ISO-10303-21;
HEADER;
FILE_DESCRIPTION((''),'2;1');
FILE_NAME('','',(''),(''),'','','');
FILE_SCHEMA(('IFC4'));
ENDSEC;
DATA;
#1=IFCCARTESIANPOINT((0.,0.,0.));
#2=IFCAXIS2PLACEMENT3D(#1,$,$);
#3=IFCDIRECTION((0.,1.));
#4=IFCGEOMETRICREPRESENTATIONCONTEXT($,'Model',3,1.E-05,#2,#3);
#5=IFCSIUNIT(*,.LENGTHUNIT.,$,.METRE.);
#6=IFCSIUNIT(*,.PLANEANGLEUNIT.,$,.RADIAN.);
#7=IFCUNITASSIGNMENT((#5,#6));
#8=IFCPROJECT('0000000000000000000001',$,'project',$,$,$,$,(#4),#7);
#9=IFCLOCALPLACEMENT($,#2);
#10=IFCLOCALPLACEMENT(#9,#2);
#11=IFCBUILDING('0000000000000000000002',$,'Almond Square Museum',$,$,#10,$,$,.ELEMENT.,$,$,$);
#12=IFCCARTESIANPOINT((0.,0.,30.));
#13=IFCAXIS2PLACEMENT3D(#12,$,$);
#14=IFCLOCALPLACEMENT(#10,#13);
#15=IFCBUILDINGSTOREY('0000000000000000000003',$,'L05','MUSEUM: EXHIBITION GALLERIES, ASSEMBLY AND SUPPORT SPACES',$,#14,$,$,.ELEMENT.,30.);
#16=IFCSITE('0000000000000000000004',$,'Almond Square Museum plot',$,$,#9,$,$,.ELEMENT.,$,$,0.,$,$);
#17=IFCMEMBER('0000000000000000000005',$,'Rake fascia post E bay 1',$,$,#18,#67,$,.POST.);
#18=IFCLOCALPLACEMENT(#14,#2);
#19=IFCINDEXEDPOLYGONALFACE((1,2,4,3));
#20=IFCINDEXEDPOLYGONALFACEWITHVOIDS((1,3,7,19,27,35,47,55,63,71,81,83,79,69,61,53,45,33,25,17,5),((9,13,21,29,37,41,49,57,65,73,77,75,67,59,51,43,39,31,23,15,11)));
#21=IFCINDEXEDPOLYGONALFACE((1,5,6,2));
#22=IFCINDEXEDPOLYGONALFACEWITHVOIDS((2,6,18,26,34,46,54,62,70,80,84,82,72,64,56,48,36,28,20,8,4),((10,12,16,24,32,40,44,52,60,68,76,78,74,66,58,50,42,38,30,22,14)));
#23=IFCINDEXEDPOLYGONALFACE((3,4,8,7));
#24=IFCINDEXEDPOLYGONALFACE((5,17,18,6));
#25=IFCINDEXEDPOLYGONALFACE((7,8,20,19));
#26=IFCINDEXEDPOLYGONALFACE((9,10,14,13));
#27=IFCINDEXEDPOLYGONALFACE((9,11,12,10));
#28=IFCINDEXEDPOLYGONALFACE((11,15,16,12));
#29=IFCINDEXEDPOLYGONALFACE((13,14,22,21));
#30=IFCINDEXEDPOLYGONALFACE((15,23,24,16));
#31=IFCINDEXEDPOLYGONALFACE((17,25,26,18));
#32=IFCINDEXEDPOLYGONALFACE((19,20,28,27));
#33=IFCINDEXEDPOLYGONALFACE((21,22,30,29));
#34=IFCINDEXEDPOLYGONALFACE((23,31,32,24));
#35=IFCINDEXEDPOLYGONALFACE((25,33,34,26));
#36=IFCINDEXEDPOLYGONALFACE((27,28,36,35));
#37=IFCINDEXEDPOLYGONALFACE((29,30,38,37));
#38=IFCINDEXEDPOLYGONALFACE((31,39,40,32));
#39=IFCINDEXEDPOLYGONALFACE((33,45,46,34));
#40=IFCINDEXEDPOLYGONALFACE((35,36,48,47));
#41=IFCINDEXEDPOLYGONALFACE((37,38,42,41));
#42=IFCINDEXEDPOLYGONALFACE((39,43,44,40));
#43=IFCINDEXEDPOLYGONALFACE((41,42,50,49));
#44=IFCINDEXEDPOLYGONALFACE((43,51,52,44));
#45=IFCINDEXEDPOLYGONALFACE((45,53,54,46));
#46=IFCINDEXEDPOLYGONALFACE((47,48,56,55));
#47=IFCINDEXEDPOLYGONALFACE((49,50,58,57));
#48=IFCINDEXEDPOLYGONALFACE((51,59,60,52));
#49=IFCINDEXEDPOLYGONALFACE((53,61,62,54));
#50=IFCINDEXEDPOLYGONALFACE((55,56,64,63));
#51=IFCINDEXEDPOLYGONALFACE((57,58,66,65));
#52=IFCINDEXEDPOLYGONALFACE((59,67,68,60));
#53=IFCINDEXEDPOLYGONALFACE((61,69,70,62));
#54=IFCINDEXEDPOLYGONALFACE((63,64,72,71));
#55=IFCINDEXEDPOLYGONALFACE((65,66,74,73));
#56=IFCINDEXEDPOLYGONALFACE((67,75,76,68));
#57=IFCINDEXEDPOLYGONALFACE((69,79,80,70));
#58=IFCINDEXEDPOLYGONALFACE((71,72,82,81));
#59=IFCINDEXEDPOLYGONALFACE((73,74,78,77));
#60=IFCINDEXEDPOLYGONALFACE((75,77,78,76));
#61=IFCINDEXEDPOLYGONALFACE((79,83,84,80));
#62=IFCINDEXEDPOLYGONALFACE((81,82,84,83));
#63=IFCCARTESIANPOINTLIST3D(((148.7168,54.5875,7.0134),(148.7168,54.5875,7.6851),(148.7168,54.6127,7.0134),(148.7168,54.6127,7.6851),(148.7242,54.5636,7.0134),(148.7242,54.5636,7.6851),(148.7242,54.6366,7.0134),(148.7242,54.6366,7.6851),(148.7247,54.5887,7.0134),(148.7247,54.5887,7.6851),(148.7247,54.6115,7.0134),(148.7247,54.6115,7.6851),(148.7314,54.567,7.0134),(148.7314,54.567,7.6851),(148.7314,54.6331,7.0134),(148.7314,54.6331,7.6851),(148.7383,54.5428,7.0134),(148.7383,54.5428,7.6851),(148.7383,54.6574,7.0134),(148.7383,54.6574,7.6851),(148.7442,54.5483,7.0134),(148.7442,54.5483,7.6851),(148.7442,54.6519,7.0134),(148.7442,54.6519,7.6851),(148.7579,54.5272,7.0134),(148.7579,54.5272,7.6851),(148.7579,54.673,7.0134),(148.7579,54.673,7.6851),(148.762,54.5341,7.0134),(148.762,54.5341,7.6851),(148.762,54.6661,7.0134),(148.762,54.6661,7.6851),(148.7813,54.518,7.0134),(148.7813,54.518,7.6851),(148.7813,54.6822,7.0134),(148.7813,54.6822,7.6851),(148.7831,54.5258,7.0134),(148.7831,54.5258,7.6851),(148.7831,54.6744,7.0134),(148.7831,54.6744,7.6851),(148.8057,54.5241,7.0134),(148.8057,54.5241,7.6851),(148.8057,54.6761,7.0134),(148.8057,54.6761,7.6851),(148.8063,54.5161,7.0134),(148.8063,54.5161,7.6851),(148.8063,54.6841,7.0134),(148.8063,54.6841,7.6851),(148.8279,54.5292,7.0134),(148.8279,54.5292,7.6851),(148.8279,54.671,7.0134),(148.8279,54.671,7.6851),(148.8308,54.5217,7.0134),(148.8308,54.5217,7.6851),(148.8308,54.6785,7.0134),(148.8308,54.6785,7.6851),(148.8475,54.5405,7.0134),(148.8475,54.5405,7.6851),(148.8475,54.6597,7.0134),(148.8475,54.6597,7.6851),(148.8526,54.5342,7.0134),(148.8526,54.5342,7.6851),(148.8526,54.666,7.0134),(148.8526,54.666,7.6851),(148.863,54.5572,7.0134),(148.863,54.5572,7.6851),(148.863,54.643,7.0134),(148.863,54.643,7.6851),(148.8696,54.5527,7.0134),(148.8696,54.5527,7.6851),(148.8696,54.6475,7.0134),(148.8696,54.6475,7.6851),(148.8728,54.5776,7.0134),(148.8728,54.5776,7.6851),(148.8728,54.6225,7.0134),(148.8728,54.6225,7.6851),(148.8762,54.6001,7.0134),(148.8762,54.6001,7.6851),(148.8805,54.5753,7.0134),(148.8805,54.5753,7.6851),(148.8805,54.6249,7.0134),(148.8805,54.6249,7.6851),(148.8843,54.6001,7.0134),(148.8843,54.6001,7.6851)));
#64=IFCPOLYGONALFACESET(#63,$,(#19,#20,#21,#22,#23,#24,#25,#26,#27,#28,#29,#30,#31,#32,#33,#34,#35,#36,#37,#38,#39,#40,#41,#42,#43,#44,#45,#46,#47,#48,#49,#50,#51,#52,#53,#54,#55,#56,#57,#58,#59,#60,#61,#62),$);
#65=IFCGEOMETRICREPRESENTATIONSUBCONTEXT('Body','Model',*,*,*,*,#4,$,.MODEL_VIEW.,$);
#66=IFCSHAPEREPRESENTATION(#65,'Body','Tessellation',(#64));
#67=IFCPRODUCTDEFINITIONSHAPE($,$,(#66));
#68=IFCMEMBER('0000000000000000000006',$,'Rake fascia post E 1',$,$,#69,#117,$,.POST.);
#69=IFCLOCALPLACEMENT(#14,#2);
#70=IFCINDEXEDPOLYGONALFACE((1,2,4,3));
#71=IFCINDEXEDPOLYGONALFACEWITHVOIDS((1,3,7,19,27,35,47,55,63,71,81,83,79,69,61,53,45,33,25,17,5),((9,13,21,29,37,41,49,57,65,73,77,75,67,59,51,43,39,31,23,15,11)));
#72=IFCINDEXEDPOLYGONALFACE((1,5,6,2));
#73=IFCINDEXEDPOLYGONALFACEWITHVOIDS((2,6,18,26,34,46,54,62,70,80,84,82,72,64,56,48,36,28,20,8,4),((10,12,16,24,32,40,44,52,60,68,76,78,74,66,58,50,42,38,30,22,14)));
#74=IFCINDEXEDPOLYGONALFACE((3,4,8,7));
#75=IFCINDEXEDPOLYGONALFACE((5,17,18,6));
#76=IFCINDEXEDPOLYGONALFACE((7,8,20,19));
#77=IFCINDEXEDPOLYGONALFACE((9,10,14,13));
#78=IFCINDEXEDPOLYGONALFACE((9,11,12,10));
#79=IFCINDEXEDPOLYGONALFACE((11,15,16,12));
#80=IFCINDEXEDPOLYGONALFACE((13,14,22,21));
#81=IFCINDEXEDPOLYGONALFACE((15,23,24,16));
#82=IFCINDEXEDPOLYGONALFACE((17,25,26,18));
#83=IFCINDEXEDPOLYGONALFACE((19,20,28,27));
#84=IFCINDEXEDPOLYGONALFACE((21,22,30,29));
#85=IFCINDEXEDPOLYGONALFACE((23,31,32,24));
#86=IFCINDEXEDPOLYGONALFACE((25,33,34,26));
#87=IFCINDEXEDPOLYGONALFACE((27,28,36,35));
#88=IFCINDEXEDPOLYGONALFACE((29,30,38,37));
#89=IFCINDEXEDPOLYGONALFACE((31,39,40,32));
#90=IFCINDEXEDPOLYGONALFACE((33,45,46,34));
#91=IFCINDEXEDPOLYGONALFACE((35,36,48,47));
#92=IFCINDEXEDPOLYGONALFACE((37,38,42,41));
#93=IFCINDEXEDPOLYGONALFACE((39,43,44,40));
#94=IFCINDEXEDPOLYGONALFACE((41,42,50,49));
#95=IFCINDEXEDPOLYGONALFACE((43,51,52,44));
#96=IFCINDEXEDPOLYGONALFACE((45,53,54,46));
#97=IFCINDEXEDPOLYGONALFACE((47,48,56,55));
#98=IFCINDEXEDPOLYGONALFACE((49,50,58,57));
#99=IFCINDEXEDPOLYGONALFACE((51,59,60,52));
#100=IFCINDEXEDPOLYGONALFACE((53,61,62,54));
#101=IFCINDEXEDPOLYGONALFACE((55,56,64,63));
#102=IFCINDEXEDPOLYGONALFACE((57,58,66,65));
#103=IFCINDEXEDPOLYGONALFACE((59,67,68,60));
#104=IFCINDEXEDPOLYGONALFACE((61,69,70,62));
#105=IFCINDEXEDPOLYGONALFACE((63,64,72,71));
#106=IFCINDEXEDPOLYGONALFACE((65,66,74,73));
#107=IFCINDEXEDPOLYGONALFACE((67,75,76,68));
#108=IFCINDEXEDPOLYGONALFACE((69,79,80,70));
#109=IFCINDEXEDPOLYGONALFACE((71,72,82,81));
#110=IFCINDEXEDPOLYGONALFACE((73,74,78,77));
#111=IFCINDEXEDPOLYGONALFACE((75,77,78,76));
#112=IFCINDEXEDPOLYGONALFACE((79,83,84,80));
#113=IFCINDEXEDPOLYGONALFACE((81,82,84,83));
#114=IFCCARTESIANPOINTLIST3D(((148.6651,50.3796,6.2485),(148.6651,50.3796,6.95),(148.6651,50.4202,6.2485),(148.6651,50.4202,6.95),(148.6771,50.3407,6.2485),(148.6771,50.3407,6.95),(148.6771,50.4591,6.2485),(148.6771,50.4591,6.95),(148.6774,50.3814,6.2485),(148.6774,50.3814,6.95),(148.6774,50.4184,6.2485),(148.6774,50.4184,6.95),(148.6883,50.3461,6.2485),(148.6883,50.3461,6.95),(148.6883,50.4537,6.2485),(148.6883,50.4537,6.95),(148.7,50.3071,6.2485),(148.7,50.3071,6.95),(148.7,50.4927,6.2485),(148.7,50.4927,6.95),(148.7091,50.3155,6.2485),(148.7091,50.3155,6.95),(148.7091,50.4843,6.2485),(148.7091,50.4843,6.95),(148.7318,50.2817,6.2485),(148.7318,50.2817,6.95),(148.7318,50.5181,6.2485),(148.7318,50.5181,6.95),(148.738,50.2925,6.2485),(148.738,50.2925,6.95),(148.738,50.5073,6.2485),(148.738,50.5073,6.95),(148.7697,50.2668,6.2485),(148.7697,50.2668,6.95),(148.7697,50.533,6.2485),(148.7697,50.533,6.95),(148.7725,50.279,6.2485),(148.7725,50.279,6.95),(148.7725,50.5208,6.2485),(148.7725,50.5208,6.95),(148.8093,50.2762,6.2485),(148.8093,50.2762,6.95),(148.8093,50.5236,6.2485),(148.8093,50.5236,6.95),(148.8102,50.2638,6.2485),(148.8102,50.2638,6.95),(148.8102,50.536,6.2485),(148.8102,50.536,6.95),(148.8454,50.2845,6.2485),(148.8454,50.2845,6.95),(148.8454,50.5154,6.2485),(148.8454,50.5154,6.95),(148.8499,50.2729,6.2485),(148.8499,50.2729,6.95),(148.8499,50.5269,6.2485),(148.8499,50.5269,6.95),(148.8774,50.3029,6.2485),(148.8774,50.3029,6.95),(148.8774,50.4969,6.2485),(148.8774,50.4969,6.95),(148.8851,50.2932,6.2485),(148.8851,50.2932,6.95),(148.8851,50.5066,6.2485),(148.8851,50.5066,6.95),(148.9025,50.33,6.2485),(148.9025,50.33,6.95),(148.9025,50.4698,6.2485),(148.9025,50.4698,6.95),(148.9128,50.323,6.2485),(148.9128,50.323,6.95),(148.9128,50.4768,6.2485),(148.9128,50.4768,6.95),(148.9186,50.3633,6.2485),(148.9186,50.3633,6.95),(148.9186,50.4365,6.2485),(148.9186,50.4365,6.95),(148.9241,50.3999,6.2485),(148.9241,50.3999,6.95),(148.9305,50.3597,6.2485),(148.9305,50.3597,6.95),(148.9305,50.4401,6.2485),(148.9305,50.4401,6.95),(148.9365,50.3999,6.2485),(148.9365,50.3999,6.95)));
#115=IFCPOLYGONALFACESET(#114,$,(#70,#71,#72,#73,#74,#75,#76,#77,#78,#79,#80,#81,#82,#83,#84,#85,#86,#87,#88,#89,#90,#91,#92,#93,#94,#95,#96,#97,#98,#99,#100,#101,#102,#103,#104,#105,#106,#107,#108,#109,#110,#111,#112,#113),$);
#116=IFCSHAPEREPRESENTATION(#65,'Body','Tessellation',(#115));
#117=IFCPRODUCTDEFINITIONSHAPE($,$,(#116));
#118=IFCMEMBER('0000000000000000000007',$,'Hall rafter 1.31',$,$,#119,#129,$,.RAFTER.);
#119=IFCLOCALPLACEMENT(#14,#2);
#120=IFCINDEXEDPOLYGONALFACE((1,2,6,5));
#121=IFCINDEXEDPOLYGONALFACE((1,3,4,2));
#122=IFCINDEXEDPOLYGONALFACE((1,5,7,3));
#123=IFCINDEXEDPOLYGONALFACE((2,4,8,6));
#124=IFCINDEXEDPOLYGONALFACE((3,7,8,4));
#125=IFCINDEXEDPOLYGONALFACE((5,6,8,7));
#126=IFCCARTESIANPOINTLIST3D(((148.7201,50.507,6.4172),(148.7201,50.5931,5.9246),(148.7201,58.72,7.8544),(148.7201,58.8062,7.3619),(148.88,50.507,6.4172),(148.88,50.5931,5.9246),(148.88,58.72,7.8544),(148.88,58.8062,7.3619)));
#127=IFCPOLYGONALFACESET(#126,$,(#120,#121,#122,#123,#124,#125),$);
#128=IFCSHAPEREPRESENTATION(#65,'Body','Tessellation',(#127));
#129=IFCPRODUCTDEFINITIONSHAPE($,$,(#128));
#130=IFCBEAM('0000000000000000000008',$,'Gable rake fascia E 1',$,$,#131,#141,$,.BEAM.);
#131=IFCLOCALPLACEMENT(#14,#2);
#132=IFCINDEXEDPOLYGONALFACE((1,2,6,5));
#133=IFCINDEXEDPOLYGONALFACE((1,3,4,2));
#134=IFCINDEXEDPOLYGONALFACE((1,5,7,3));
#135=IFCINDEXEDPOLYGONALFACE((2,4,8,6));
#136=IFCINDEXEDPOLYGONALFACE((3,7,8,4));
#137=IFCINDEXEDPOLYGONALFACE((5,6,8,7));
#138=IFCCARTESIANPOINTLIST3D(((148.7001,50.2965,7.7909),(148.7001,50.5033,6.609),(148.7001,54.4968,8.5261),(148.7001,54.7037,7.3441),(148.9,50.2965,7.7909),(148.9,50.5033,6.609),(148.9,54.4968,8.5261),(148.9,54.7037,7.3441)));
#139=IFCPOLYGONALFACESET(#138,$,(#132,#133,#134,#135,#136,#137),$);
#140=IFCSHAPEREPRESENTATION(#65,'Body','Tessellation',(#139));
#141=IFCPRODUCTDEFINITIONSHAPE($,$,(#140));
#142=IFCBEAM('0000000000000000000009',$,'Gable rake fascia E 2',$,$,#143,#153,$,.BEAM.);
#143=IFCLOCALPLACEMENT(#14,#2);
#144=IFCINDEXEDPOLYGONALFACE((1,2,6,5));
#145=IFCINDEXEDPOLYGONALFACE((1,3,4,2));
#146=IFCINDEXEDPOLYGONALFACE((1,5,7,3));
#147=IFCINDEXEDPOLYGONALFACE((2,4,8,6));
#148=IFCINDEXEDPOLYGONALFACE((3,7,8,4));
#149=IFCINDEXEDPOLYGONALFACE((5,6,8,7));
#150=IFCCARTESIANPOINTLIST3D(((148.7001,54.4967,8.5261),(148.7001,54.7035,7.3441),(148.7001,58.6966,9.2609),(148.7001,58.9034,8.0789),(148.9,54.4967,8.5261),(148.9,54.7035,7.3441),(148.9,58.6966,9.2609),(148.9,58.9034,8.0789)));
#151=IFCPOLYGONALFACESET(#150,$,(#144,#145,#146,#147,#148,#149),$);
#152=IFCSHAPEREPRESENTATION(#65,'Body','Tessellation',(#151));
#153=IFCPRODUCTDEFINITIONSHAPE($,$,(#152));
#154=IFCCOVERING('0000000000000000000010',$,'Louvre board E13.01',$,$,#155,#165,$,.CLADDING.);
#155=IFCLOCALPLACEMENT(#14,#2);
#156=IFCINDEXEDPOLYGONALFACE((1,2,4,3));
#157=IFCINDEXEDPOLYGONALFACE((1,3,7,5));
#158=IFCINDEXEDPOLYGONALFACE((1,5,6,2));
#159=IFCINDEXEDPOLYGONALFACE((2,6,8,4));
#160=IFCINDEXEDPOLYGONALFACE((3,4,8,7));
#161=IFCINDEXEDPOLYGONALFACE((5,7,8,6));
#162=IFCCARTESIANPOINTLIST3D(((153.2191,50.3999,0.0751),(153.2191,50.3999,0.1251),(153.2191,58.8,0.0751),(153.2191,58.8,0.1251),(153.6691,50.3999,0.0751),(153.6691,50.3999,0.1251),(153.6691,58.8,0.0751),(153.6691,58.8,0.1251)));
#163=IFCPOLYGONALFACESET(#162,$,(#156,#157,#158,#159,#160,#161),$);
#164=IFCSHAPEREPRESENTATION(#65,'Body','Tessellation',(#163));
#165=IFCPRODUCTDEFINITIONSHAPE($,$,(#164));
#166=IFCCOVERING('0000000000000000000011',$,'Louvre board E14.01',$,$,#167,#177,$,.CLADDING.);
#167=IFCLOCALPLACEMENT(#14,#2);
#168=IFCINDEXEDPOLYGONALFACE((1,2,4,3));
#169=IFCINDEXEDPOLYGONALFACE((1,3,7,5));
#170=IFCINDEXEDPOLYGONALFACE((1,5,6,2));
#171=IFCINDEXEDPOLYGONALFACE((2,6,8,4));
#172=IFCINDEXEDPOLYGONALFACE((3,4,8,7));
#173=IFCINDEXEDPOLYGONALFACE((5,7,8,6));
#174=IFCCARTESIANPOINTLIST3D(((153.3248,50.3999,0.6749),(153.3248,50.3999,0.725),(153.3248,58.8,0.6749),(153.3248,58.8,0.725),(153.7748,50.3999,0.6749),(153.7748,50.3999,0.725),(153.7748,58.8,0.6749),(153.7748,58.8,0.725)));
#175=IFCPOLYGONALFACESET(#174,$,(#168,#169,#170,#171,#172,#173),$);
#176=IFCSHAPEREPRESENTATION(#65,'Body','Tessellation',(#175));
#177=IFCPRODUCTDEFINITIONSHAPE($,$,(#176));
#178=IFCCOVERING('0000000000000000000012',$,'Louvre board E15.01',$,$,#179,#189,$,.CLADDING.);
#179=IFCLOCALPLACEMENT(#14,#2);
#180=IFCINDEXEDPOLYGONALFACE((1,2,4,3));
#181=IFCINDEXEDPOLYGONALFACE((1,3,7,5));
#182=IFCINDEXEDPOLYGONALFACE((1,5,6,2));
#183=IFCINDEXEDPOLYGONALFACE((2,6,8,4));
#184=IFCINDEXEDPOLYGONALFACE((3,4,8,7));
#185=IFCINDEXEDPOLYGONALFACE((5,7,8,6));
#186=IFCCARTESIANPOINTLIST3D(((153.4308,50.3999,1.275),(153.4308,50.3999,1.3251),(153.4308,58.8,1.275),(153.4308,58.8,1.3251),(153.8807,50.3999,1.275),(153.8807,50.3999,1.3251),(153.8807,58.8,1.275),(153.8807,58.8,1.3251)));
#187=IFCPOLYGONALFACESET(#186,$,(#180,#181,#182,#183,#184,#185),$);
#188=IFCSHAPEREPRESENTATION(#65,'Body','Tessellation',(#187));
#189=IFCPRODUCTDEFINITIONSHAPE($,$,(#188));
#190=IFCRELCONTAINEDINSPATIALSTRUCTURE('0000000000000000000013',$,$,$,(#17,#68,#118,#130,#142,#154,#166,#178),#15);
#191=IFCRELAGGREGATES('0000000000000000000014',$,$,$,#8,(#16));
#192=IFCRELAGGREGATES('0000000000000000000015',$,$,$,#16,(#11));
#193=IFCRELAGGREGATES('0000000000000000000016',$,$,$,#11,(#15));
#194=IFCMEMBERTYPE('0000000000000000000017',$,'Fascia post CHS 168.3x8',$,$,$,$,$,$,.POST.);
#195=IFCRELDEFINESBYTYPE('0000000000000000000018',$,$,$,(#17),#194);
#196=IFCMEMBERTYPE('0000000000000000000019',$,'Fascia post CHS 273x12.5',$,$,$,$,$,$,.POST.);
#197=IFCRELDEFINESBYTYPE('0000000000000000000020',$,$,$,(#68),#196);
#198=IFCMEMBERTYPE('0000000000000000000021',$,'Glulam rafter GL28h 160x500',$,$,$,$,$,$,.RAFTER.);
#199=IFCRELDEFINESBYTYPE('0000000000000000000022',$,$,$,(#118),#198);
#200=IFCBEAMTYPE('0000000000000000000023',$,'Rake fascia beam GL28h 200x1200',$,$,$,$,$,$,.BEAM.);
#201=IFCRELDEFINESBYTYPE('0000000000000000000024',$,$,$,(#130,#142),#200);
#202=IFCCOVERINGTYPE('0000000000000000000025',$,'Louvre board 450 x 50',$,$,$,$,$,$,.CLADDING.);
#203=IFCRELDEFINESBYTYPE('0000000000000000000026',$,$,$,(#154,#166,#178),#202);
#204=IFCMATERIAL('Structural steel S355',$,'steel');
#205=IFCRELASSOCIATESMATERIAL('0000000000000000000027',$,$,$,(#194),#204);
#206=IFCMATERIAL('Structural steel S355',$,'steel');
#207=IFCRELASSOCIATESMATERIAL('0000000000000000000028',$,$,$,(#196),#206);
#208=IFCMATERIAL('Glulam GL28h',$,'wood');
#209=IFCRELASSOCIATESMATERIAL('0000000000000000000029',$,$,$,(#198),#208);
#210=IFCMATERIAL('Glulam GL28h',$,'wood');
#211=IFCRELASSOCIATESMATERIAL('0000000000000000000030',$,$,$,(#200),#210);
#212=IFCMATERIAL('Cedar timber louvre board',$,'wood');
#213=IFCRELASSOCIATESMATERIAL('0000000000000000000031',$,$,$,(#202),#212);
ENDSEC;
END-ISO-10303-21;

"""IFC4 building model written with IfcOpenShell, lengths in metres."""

from ifc_helpers import new_model, si_unit, direction, frame, origin, origin_2d, place, context, subcontext, project, spatial, rectangle, hollow_circle, extrude, material, material_profile, profile_set, type_object, element, save


model = new_model("IFC4")

# Units and contexts
model_context = context("Model", 3, precision=1e-05, world=origin(), true_north=direction((0.0, 1.0)))
body_context = subcontext(model_context, "Body", "Model", "MODEL_VIEW")
ifc_project = project(units=[si_unit("LENGTHUNIT", "METRE"), si_unit("PLANEANGLEUNIT", "RADIAN")], contexts=[model_context])

# Site, building, storey
site_placement = place(None, origin())
site = spatial("IfcSite", under=ifc_project, at=site_placement, Name="Almond Square Museum plot", CompositionType="ELEMENT", RefElevation=0.0)
building_placement = place(site_placement, origin())
building = spatial("IfcBuilding", under=site, at=building_placement, Name="Almond Square Museum", CompositionType="ELEMENT")
storey_placement = place(building_placement, frame((0.0, 0.0, 30.0)))
storey = spatial("IfcBuildingStorey", under=building, at=storey_placement, Name="L05", Description="MUSEUM: EXHIBITION GALLERIES, ASSEMBLY AND SUPPORT SPACES", CompositionType="ELEMENT", Elevation=30.0)

# Members
ifc_material_1 = material(Name="Structural steel S355", Category="steel")
ifc_material_profile_1 = material_profile(ifc_material_1, hollow_circle(Radius=0.0842, WallThickness=0.0081, at=origin_2d()))
ifc_profile_set_1 = profile_set([ifc_material_profile_1], Name="Structural steel S355")
member_type_1 = type_object("IfcMemberType", Name="Fascia post CHS 168.3x8", PredefinedType="POST", material=ifc_profile_set_1)
member_1_placement = place(storey_placement, frame((148.8, 54.6001, 7.0134), z_axis=(0.0, 0.0, 1.0), x_axis=(1.0, 0.0, 0.0)))
element("IfcMember", 1, at=member_1_placement, inside=storey, type_object=member_type_1, Name="Rake fascia post E bay 1", PredefinedType="POST", context=body_context, shape_type="SweptSolid", body=[
    extrude(hollow_circle(Radius=0.0842, WallThickness=0.0081, at=origin_2d()), origin(), (0.0, 0.0, 1.0), 0.6716),
])
ifc_material_2 = material(Name="Structural steel S355", Category="steel")
ifc_material_profile_2 = material_profile(ifc_material_2, hollow_circle(Radius=0.1365, WallThickness=0.0125, at=origin_2d()))
ifc_profile_set_2 = profile_set([ifc_material_profile_2], Name="Structural steel S355")
member_type_2 = type_object("IfcMemberType", Name="Fascia post CHS 273x12.5", PredefinedType="POST", material=ifc_profile_set_2)
member_2_placement = place(storey_placement, frame((148.8, 50.3999, 6.2485), z_axis=(0.0, 0.0, 1.0), x_axis=(1.0, 0.0, 0.0)))
element("IfcMember", 2, at=member_2_placement, inside=storey, type_object=member_type_2, Name="Rake fascia post E 1", PredefinedType="POST", context=body_context, shape_type="SweptSolid", body=[
    extrude(hollow_circle(Radius=0.1365, WallThickness=0.0125, at=origin_2d()), origin(), (0.0, 0.0, 1.0), 0.7014),
])
ifc_material_3 = material(Name="Glulam GL28h", Category="wood")
ifc_material_profile_3 = material_profile(ifc_material_3, rectangle(XDim=0.1599, YDim=0.5, at=origin_2d()))
ifc_profile_set_3 = profile_set([ifc_material_profile_3], Name="Glulam GL28h")
member_type_3 = type_object("IfcMemberType", Name="Glulam rafter GL28h 160x500", PredefinedType="RAFTER", material=ifc_profile_set_3)
member_3_placement = place(storey_placement, frame((148.8, 50.55, 6.1709), z_axis=(0.0, 0.985031, 0.172375), x_axis=(-1.0, 0.0, 0.0)))
element("IfcMember", 3, at=member_3_placement, inside=storey, type_object=member_type_3, Name="Hall rafter 1.31", PredefinedType="RAFTER", context=body_context, shape_type="SweptSolid", body=[
    extrude(rectangle(XDim=0.1599, YDim=0.5, at=origin_2d()), origin(), (0.0, 0.0, 1.0), 8.3379),
])

# Beams
ifc_material_4 = material(Name="Glulam GL28h", Category="wood")
ifc_material_profile_4 = material_profile(ifc_material_4, rectangle(XDim=0.2, YDim=1.2, at=origin_2d()))
ifc_profile_set_4 = profile_set([ifc_material_profile_4], Name="Glulam GL28h")
beam_type = type_object("IfcBeamType", Name="Rake fascia beam GL28h 200x1200", PredefinedType="BEAM", material=ifc_profile_set_4)
beam_1_placement = place(storey_placement, frame((148.8, 50.3999, 7.2), z_axis=(0.0, 0.985028, 0.172397), x_axis=(-1.0, 0.0, 0.0)))
element("IfcBeam", 4, at=beam_1_placement, inside=storey, type_object=beam_type, Name="Gable rake fascia E 1", PredefinedType="BEAM", context=body_context, shape_type="SweptSolid", body=[
    extrude(rectangle(XDim=0.2, YDim=1.2, at=origin_2d()), origin(), (0.0, 0.0, 1.0), 4.2642),
])
beam_2_placement = place(storey_placement, frame((148.8, 54.6001, 7.9351), z_axis=(0.0, 0.985036, 0.172351), x_axis=(-1.0, 0.0, 0.0)))
element("IfcBeam", 5, at=beam_2_placement, inside=storey, type_object=beam_type, Name="Gable rake fascia E 2", PredefinedType="BEAM", context=body_context, shape_type="SweptSolid", body=[
    extrude(rectangle(XDim=0.2, YDim=1.2, at=origin_2d()), origin(), (0.0, 0.0, 1.0), 4.2637),
])

# Coverings
ifc_material_5 = material(Name="Cedar timber louvre board", Category="wood")
ifc_material_profile_5 = material_profile(ifc_material_5, rectangle(XDim=0.45, YDim=0.05, at=origin_2d()))
ifc_profile_set_5 = profile_set([ifc_material_profile_5], Name="Cedar timber louvre board")
covering_type_1 = type_object("IfcCoveringType", Name="Louvre board 450 x 50", PredefinedType="CLADDING", material=ifc_profile_set_5)
for number, where, z_axis, x_axis, name in (
    (6, (153.4441, 50.3999, 0.1001), (0.0, 1.0, 0.0), (-1.0, 0.0, 0.0), "Louvre board E13.01"),
    (7, (153.5498, 50.3999, 0.7), (0.0, 1.0, 0.0), (-1.0, 0.0, 0.0), "Louvre board E14.01"),
    (8, (153.6558, 50.3999, 1.3), (0.0, 1.0, 0.0), (-1.0, 0.0, 0.0), "Louvre board E15.01"),
):
    element("IfcCovering", number, at=place(storey_placement, frame(where, z_axis=z_axis, x_axis=x_axis)), inside=storey, type_object=covering_type_1, Name=name, PredefinedType="CLADDING", context=body_context, shape_type="SweptSolid", body=[
        extrude(rectangle(XDim=0.45, YDim=0.05, at=origin_2d()), origin(), (0.0, 0.0, 1.0), 8.4001),
    ])

save(model, "model.ifc")
